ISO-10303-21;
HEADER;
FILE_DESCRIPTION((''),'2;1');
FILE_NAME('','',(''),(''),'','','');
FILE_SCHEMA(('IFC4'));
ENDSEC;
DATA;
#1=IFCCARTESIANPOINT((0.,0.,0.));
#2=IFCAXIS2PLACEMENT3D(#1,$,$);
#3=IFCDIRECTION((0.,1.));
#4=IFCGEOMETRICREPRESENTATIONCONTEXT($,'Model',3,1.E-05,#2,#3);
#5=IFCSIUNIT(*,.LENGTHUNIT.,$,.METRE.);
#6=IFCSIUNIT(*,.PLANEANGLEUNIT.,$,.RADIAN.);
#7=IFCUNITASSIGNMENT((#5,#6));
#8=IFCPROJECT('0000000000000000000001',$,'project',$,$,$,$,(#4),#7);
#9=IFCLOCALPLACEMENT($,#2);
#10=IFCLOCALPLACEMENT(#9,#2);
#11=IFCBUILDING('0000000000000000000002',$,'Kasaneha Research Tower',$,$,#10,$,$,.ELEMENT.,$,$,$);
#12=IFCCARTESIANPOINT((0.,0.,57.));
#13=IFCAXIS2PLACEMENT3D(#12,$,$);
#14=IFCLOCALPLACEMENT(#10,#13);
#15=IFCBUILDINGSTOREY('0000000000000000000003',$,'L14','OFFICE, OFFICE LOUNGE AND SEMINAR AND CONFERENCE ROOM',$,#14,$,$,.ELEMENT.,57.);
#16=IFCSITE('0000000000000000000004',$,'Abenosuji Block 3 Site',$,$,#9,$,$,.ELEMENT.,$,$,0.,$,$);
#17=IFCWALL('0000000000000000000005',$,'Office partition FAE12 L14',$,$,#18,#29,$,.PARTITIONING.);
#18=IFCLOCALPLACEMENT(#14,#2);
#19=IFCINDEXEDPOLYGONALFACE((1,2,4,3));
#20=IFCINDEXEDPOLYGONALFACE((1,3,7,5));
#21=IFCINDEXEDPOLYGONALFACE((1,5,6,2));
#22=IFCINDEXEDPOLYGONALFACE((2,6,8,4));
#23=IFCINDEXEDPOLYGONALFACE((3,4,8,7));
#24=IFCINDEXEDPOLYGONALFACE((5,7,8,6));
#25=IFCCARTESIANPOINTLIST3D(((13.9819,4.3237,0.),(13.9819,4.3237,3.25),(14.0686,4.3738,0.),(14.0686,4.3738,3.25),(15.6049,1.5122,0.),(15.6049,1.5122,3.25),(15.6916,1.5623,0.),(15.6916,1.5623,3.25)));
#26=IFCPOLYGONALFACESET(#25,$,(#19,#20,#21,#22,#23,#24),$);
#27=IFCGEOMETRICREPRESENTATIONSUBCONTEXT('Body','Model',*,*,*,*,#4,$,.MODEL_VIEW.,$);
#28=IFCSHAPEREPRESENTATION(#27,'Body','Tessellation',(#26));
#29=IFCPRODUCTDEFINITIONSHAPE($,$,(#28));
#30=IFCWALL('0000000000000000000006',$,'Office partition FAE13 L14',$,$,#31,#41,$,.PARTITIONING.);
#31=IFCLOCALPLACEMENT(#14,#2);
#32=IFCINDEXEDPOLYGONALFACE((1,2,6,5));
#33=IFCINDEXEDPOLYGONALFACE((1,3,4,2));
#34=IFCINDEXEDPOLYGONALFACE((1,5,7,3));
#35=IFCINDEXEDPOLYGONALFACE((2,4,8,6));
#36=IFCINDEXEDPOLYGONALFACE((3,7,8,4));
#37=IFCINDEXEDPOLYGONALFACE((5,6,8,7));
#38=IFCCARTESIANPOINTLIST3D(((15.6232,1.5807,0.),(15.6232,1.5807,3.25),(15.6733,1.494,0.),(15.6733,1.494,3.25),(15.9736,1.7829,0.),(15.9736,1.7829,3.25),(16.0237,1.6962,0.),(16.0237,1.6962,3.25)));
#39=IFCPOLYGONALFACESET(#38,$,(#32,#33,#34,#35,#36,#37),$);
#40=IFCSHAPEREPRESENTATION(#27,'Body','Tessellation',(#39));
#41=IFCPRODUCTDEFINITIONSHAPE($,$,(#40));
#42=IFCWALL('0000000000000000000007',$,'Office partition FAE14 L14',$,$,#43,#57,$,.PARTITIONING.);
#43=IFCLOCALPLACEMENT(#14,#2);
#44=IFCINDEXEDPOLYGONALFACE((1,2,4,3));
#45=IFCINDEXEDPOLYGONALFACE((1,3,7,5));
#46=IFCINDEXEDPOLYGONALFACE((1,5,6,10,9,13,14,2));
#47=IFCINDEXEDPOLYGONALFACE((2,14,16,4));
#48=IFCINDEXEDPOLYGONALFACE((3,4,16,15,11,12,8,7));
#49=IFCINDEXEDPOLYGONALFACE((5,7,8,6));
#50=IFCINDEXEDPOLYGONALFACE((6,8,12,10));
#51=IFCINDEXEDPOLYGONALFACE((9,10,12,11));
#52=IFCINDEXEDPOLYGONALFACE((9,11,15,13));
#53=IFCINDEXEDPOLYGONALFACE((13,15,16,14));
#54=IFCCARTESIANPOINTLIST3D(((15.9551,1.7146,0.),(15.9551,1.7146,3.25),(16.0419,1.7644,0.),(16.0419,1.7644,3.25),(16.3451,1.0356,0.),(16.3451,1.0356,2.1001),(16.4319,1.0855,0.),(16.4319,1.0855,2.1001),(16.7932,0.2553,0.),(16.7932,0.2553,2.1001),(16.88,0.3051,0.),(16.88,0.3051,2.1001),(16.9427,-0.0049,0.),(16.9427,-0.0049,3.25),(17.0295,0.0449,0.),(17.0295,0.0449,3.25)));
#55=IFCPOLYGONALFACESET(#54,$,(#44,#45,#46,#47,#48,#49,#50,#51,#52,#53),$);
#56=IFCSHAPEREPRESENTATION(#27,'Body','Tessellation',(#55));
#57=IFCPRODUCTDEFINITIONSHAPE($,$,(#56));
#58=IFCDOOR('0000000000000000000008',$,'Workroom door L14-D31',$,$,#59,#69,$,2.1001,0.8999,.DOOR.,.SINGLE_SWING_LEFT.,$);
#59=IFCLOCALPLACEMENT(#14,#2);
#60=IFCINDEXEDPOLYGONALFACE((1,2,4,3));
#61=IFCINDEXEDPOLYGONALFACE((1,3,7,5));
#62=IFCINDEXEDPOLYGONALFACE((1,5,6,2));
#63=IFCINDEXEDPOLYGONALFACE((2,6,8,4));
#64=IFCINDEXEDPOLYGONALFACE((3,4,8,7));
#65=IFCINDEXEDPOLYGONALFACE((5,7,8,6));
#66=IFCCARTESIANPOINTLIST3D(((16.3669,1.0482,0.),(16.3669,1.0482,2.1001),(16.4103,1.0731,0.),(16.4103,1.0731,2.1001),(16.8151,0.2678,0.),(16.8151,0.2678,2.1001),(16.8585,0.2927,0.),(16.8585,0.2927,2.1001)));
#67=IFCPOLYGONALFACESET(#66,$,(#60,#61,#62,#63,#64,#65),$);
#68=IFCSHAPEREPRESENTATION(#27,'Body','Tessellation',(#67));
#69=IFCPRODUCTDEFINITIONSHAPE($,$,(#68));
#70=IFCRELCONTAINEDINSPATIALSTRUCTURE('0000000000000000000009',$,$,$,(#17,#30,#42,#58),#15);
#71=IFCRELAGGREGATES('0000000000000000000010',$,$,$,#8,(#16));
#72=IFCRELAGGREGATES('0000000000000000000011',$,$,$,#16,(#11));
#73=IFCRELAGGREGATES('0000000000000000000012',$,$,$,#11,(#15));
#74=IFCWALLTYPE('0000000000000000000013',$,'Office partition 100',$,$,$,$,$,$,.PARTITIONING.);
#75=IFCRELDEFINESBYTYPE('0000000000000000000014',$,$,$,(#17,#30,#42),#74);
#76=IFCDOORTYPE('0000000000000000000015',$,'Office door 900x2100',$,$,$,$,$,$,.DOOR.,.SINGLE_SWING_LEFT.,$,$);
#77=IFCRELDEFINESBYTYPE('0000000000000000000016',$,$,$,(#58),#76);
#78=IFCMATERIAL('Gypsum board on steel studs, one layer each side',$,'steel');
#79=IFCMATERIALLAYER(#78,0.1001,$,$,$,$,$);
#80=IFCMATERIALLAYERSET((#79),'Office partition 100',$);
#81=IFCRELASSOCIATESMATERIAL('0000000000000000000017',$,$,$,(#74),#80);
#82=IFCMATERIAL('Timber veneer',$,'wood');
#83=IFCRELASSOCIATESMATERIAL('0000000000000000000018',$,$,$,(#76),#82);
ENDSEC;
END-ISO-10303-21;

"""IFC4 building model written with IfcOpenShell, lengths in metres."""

from ifc_helpers import new_model, si_unit, direction, frame, frame_2d, origin, place, context, subcontext, project, spatial, rectangle, extrude, material, layer, layer_set, type_object, element, fill, save


model = new_model("IFC4")

# Units and contexts
model_context = context("Model", 3, precision=1e-05, world=origin(), true_north=direction((0.0, 1.0)))
body_context = subcontext(model_context, "Body", "Model", "MODEL_VIEW")
ifc_project = project(units=[si_unit("LENGTHUNIT", "METRE"), si_unit("PLANEANGLEUNIT", "RADIAN")], contexts=[model_context])

# Site, building, storey
site_placement = place(None, origin())
site = spatial("IfcSite", under=ifc_project, at=site_placement, Name="Abenosuji Block 3 Site", CompositionType="ELEMENT", RefElevation=0.0)
building_placement = place(site_placement, origin())
building = spatial("IfcBuilding", under=site, at=building_placement, Name="Kasaneha Research Tower", CompositionType="ELEMENT")
storey_placement = place(building_placement, frame((0.0, 0.0, 57.0)))
storey = spatial("IfcBuildingStorey", under=building, at=storey_placement, Name="L14", Description="OFFICE, OFFICE LOUNGE AND SEMINAR AND CONFERENCE ROOM", CompositionType="ELEMENT", Elevation=57.0)

# Walls
ifc_material_1 = material(Name="Gypsum board on steel studs, one layer each side", Category="steel")
ifc_layer_1 = layer(ifc_material_1, 0.1001)
ifc_layer_set_1 = layer_set([ifc_layer_1], Name="Office partition 100")
wall_type = type_object("IfcWallType", Name="Office partition 100", PredefinedType="PARTITIONING", material=ifc_layer_set_1)
wall_1_placement = place(storey_placement, frame((15.6482, 1.5374, 0.0), z_axis=(0.0, 0.0, 1.0), x_axis=(-0.499957, 0.86605, 0.0)))
element("IfcWall", 1, at=wall_1_placement, inside=storey, type_object=wall_type, Name="Office partition FAE12 L14", PredefinedType="PARTITIONING", context=body_context, shape_type="SweptSolid", body=[
    extrude(rectangle(XDim=3.2463, YDim=0.1001, at=frame_2d((1.623, 0.0))), origin(), (0.0, 0.0, 1.0), 3.25),
])
wall_2_placement = place(storey_placement, frame((15.9985, 1.7395, 0.0), z_axis=(0.0, 0.0, 1.0), x_axis=(-0.866155, -0.499775, 0.0)))
element("IfcWall", 2, at=wall_2_placement, inside=storey, type_object=wall_type, Name="Office partition FAE13 L14", PredefinedType="PARTITIONING", context=body_context, shape_type="SweptSolid", body=[
    extrude(rectangle(XDim=0.4045, YDim=0.1001, at=frame_2d((0.2021, 0.0))), origin(), (0.0, 0.0, 1.0), 3.25),
])

# Wall, opening, door
wall_3_placement = place(storey_placement, frame((16.9861, 0.02, 0.0), z_axis=(0.0, 0.0, 1.0), x_axis=(-0.498034, 0.867158, 0.0)))
wall_3 = element("IfcWall", 3, at=wall_3_placement, inside=storey, type_object=wall_type, Name="Office partition FAE14 L14", PredefinedType="PARTITIONING", context=body_context, shape_type="SweptSolid", body=[
    extrude(rectangle(XDim=1.9829, YDim=0.1001, at=frame_2d((0.9915, 0.0))), origin(), (0.0, 0.0, 1.0), 3.25),
])
opening_placement = place(wall_3_placement, frame((0.3, 0.0, 0.0)))
opening = element("IfcOpeningElement", 4, at=opening_placement, cuts=wall_3, PredefinedType="OPENING", context=body_context, shape_type="SweptSolid", body=[
    extrude(rectangle(XDim=0.8999, YDim=2.1001, at=frame_2d((0.45, 1.05))), frame((0.0, 0.0601, 0.0), z_axis=(0.0, -1.0, 0.0), x_axis=(1.0, 0.0, 0.0)), (0.0, 0.0, 1.0), 0.1201),
])
ifc_material_2 = material(Name="Timber veneer", Category="wood")
door_type = type_object("IfcDoorType", Name="Office door 900x2100", OperationType="SINGLE_SWING_LEFT", PredefinedType="DOOR", material=ifc_material_2)
door_placement = place(opening_placement, origin())
door = element("IfcDoor", 5, at=door_placement, inside=storey, type_object=door_type, Name="Workroom door L14-D31", OperationType="SINGLE_SWING_LEFT", OverallHeight=2.1001, OverallWidth=0.8999, PredefinedType="DOOR", context=body_context, shape_type="SweptSolid", body=[
    extrude(rectangle(XDim=0.8999, YDim=2.1001, at=frame_2d((0.45, 1.05))), frame((0.0, 0.0249, 0.0), z_axis=(0.0, -1.0, 0.0), x_axis=(1.0, 0.0, 0.0)), (0.0, 0.0, 1.0), 0.05),
])
fill(opening, door)

save(model, "model.ifc")
